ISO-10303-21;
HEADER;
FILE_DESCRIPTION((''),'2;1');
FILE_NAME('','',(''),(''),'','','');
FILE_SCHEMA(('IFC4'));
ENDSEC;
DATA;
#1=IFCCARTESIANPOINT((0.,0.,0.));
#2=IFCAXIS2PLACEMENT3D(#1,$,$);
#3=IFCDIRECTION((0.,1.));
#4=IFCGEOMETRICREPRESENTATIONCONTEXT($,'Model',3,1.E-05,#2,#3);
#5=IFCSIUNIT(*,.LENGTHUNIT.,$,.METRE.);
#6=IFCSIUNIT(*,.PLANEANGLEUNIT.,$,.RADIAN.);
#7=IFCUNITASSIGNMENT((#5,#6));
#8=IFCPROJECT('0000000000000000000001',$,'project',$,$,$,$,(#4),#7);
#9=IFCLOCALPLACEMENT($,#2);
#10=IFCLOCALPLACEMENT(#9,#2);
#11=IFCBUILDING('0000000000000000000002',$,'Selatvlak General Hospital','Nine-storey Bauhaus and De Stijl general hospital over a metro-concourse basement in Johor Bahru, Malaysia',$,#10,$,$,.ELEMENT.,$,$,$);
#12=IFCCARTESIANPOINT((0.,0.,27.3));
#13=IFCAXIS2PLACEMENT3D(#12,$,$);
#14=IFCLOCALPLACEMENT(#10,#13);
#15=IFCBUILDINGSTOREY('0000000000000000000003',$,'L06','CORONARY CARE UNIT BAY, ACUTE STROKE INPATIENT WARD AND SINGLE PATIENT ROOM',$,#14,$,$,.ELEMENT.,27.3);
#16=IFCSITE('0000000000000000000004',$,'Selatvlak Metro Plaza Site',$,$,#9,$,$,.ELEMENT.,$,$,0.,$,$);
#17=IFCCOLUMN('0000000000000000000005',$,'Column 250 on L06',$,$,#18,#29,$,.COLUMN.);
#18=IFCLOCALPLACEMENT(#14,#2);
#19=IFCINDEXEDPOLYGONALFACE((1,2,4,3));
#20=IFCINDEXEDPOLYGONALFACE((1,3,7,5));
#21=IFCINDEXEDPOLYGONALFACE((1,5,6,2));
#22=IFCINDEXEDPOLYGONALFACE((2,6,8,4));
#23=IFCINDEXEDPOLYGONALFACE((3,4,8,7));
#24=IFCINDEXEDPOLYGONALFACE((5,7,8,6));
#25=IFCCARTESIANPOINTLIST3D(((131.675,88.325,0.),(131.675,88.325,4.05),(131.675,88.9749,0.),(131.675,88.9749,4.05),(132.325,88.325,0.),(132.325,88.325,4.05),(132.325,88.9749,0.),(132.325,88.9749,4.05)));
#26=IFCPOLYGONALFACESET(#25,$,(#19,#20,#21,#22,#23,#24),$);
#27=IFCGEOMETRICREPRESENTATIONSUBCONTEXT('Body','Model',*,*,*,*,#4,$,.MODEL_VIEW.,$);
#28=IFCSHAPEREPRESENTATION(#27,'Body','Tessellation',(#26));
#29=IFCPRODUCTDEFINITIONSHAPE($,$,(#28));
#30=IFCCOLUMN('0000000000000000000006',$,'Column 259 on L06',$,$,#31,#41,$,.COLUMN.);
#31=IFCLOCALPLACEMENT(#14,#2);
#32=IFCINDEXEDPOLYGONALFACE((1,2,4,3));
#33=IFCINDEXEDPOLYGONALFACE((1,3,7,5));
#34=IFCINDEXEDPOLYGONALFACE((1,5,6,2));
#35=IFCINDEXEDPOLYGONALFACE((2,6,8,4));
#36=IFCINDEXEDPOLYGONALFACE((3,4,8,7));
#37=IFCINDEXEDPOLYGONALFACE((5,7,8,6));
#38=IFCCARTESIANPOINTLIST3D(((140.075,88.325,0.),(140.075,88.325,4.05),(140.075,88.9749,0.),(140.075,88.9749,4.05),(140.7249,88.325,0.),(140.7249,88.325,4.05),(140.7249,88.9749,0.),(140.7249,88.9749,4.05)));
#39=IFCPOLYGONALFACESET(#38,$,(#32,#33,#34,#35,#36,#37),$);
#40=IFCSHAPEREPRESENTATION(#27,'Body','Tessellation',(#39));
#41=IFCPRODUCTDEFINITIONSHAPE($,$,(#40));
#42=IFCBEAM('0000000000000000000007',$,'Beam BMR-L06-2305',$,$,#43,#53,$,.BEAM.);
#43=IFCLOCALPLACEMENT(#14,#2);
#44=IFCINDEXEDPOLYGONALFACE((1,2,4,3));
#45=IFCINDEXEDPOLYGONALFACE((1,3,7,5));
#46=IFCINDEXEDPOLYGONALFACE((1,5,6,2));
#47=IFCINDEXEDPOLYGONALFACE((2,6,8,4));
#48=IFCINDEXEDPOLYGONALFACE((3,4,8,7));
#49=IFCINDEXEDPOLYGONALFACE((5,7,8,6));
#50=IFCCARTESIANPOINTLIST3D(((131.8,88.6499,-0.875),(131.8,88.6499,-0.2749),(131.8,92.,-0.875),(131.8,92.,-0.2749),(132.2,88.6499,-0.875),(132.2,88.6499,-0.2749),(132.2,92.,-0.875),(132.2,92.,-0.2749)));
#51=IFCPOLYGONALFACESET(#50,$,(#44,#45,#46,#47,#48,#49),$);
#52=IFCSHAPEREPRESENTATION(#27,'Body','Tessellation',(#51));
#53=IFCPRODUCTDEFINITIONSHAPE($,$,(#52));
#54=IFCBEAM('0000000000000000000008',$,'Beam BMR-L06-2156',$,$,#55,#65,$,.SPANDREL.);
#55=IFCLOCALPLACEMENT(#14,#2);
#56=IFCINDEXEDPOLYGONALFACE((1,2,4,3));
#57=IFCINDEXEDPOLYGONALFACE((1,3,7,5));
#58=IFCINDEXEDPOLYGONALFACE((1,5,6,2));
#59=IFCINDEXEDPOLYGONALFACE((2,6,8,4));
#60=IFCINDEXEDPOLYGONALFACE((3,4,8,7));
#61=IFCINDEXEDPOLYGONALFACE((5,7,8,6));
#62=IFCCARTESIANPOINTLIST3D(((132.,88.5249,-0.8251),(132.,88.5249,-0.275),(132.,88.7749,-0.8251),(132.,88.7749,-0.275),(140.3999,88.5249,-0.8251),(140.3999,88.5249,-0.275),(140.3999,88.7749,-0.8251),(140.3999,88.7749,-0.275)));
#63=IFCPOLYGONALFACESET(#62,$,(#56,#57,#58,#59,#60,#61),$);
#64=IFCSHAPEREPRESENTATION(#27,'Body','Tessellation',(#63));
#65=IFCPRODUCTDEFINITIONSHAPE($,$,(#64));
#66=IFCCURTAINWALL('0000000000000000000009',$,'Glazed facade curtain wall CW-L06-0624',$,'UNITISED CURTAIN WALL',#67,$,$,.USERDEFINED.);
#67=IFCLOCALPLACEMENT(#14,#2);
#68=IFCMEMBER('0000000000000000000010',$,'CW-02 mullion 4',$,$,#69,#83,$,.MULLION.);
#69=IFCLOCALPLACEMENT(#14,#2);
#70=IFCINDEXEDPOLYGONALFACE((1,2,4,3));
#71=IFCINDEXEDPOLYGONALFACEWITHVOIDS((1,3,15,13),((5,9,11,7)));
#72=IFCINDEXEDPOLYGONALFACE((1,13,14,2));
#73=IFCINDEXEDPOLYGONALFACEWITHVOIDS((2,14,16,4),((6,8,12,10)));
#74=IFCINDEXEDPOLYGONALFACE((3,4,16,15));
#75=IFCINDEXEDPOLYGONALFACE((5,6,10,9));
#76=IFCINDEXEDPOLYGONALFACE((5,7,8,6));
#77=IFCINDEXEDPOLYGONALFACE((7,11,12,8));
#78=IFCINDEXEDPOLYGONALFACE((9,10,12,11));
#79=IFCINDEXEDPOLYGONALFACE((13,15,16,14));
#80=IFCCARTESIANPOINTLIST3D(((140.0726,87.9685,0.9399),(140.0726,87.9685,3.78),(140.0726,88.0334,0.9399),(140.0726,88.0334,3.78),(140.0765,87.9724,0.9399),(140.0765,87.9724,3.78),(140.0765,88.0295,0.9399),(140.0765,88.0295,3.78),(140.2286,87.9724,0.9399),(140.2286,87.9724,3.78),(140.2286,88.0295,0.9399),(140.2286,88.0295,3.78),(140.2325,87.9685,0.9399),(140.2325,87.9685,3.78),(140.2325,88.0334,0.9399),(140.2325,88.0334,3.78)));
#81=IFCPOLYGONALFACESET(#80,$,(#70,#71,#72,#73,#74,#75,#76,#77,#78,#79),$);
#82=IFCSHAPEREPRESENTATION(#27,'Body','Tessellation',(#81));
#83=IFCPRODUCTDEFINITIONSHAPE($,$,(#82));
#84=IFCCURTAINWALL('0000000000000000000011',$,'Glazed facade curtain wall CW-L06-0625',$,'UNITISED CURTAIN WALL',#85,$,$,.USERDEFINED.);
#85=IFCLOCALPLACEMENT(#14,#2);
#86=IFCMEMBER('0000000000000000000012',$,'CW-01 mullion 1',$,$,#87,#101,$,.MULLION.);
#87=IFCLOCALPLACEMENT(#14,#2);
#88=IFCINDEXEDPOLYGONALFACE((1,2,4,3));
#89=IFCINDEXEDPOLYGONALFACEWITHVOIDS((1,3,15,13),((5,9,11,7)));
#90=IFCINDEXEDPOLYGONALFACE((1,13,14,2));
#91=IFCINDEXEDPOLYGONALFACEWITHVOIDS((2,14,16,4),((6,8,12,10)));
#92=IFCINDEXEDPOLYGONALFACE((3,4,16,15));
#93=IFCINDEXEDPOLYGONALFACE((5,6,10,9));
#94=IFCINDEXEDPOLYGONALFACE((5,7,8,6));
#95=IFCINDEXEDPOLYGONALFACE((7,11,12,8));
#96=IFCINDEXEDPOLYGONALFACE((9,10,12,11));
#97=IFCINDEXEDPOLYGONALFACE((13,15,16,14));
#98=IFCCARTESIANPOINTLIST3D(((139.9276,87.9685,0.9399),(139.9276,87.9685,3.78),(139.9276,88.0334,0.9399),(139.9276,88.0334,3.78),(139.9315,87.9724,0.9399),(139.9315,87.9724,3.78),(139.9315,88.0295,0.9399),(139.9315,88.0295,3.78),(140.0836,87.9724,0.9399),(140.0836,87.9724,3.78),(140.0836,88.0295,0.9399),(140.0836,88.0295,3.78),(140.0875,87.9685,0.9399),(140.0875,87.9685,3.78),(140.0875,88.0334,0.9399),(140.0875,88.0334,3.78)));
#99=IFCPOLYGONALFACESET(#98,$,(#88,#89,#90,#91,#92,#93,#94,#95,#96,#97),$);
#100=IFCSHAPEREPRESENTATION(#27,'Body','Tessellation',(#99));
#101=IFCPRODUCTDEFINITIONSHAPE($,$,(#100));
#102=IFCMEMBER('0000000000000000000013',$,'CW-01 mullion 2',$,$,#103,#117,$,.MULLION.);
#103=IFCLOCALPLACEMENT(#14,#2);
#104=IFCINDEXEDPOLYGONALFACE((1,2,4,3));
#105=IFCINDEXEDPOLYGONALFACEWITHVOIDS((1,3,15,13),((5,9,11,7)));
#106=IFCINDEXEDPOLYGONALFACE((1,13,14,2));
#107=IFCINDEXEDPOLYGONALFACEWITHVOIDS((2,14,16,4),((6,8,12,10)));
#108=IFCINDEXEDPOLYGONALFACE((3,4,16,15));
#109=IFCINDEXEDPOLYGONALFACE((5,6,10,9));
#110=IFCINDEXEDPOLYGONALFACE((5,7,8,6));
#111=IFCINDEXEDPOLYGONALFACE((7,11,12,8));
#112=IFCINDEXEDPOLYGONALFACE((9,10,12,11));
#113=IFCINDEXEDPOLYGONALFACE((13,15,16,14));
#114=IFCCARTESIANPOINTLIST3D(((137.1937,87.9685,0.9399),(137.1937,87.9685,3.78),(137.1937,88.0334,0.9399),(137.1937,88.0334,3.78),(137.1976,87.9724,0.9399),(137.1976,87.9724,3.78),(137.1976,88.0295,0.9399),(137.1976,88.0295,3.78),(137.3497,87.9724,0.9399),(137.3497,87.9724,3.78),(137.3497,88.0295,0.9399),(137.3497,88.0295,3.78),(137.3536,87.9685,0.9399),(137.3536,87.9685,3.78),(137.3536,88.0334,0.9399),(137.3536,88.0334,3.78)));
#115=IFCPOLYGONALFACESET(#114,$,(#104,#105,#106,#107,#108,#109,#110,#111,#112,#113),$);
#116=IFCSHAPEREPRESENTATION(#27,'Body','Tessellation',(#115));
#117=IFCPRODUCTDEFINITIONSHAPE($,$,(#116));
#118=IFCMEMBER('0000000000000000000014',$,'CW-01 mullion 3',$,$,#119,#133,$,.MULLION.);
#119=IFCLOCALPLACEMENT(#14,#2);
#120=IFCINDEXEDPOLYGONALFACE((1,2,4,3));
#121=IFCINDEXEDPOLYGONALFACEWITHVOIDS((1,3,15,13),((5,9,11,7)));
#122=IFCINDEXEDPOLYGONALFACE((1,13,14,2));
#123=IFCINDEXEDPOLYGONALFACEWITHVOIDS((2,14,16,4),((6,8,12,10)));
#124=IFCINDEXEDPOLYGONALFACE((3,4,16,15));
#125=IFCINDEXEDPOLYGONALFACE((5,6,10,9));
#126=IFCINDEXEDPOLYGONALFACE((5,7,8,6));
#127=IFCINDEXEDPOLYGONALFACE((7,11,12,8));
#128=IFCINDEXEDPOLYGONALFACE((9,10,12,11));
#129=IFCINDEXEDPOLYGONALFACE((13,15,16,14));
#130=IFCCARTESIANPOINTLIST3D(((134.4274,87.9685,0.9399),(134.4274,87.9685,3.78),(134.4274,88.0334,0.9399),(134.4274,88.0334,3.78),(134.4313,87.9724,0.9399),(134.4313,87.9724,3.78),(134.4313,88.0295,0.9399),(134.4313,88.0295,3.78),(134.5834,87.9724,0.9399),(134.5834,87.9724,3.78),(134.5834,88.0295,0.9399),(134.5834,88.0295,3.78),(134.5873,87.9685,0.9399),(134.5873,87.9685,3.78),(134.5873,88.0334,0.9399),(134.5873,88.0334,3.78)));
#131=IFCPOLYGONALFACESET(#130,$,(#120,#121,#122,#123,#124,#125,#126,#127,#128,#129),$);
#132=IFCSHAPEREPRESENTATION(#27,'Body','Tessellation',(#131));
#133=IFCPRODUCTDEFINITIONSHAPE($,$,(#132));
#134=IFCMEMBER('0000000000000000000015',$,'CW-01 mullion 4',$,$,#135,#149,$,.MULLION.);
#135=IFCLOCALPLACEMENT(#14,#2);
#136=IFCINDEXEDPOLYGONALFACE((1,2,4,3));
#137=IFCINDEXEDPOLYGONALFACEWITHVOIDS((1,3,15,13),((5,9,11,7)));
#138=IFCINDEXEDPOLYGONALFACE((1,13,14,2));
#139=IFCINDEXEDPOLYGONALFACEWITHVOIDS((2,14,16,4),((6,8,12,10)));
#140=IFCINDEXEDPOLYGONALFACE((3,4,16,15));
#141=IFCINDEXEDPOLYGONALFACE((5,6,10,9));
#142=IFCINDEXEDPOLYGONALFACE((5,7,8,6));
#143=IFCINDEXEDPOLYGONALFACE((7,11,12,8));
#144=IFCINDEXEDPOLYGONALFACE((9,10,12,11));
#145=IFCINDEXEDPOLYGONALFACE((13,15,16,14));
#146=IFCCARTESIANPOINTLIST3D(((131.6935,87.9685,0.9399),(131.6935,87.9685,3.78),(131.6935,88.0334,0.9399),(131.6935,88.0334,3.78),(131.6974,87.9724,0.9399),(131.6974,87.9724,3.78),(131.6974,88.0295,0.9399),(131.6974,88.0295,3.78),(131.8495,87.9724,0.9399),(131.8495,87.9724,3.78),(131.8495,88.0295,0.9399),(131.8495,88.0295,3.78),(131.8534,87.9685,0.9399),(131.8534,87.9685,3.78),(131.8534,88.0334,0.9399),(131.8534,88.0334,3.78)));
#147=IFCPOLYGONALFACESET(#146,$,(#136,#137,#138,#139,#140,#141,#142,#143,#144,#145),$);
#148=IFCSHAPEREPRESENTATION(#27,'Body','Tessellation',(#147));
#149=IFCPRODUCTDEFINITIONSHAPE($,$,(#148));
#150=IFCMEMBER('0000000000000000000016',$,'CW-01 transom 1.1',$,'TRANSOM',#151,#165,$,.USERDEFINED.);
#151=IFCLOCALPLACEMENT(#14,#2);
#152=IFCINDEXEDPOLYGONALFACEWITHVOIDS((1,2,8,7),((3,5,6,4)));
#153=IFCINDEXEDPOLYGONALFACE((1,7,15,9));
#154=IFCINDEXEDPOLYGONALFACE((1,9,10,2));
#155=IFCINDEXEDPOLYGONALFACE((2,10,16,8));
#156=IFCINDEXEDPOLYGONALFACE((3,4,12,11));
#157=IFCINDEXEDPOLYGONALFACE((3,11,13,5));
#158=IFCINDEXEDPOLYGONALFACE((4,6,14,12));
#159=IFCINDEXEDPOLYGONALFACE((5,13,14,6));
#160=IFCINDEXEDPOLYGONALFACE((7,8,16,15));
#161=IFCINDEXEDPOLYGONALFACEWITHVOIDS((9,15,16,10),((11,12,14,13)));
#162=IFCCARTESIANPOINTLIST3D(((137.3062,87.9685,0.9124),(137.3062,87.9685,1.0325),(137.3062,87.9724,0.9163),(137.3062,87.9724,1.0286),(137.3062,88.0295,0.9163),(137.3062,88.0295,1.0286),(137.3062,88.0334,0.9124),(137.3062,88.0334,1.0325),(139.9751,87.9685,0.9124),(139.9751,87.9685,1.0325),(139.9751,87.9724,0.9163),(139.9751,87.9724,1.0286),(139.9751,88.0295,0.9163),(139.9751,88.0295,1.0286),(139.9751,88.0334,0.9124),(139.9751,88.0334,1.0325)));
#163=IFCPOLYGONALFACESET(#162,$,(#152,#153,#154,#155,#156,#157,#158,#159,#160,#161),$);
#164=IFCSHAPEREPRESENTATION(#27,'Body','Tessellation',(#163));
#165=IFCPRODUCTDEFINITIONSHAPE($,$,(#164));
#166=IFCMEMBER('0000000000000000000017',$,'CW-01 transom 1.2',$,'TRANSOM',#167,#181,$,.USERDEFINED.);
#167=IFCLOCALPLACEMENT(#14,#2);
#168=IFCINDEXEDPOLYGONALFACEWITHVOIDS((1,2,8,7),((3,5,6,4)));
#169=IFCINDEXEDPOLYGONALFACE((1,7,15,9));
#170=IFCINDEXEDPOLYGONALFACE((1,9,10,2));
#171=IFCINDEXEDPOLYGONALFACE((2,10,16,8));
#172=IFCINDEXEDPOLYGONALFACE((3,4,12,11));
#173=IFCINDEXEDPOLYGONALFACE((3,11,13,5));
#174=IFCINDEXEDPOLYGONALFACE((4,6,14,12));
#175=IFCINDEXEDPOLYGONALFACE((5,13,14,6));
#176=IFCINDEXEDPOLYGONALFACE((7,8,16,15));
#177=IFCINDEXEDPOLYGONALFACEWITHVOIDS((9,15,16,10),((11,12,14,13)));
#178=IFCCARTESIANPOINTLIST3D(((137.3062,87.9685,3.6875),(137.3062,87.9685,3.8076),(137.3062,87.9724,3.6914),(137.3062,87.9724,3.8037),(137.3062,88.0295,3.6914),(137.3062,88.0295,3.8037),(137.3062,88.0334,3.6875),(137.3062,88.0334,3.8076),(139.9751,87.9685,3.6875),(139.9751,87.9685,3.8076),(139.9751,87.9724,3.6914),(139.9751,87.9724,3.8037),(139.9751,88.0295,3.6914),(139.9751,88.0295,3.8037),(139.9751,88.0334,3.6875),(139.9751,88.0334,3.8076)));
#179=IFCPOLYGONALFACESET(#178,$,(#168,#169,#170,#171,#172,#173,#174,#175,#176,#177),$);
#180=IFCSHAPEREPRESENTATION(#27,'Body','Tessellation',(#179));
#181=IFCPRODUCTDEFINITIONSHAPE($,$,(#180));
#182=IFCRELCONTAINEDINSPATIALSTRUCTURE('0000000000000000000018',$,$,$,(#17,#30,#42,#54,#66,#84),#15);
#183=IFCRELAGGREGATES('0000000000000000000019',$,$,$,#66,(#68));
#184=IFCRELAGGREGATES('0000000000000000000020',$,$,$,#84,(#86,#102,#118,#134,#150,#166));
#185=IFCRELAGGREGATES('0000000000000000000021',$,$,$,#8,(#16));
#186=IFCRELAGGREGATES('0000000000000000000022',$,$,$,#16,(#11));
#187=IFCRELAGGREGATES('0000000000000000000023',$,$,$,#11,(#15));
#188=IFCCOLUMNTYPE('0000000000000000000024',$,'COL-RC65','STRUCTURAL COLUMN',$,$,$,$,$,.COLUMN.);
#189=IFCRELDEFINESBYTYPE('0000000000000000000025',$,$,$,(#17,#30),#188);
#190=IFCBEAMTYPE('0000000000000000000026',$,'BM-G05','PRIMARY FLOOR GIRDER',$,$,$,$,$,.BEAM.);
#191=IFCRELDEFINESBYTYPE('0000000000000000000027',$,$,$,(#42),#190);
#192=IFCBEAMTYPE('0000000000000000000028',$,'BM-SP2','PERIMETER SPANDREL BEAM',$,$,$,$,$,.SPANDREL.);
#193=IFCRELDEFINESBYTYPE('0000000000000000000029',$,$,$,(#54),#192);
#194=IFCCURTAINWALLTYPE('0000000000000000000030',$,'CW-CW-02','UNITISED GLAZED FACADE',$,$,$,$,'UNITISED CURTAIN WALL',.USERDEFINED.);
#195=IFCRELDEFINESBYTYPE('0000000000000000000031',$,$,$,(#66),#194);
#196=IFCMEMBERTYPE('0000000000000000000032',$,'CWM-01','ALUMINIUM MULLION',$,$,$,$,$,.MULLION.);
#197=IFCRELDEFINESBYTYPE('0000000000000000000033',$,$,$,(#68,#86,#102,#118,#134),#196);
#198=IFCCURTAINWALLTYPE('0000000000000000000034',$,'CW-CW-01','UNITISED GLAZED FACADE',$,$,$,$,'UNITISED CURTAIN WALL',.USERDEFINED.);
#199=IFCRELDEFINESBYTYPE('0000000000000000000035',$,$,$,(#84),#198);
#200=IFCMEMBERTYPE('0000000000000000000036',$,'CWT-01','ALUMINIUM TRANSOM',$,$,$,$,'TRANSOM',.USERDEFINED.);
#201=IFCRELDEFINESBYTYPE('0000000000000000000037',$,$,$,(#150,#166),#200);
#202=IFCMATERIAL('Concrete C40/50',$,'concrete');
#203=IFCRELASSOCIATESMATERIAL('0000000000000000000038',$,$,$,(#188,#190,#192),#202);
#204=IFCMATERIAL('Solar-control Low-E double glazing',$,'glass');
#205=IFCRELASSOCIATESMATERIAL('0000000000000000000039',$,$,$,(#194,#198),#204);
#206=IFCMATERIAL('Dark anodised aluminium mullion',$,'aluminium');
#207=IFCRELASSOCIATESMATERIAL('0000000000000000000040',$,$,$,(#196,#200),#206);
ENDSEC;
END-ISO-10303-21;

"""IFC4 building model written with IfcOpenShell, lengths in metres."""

from ifc_helpers import new_model, si_unit, direction, frame, origin, origin_2d, place, context, subcontext, project, spatial, rectangle, hollow_rectangle, extrude, material, material_profile, profile_set, type_object, element, aggregate, save


model = new_model("IFC4")

# Units and contexts
model_context = context("Model", 3, precision=1e-05, world=origin(), true_north=direction((0.0, 1.0)))
body_context = subcontext(model_context, "Body", "Model", "MODEL_VIEW")
ifc_project = project(units=[si_unit("LENGTHUNIT", "METRE"), si_unit("PLANEANGLEUNIT", "RADIAN")], contexts=[model_context])

# Site, building, storey
site_placement = place(None, origin())
site = spatial("IfcSite", under=ifc_project, at=site_placement, Name="Selatvlak Metro Plaza Site", CompositionType="ELEMENT", RefElevation=0.0)
building_placement = place(site_placement, origin())
building = spatial("IfcBuilding", under=site, at=building_placement, Name="Selatvlak General Hospital", Description="Nine-storey Bauhaus and De Stijl general hospital over a metro-concourse basement in Johor Bahru, Malaysia", CompositionType="ELEMENT")
storey_placement = place(building_placement, frame((0.0, 0.0, 27.3)))
storey = spatial("IfcBuildingStorey", under=building, at=storey_placement, Name="L06", Description="CORONARY CARE UNIT BAY, ACUTE STROKE INPATIENT WARD AND SINGLE PATIENT ROOM", CompositionType="ELEMENT", Elevation=27.3)

# Columns
ifc_material_1 = material(Name="Concrete C40/50", Category="concrete")
ifc_material_profile_1 = material_profile(ifc_material_1, rectangle(XDim=0.6499, YDim=0.6499, at=origin_2d()), Name="RC-COL 650x650")
ifc_profile_set_1 = profile_set([ifc_material_profile_1], Name="Concrete C40/50")
column_type = type_object("IfcColumnType", Name="COL-RC65", Description="STRUCTURAL COLUMN", PredefinedType="COLUMN", material=ifc_profile_set_1)
for number, where, z_axis, x_axis, name in (
    (1, (132.0, 88.6499, 0.0), (0.0, 0.0, 1.0), (1.0, 0.0, 0.0), "Column 250 on L06"),
    (2, (140.3999, 88.6499, 0.0), (0.0, 0.0, 1.0), (1.0, 0.0, 0.0), "Column 259 on L06"),
):
    element("IfcColumn", number, at=place(storey_placement, frame(where, z_axis=z_axis, x_axis=x_axis)), inside=storey, type_object=column_type, Name=name, PredefinedType="COLUMN", context=body_context, shape_type="SweptSolid", body=[
        extrude(rectangle(XDim=0.6499, YDim=0.6499, at=origin_2d()), origin(), (0.0, 0.0, 1.0), 4.05),
    ])

# Beams
ifc_material_profile_2 = material_profile(ifc_material_1, rectangle(XDim=0.3999, YDim=0.6001, at=origin_2d()), Name="RC-BM 400x600")
ifc_profile_set_2 = profile_set([ifc_material_profile_2], Name="Concrete C40/50")
beam_type_1 = type_object("IfcBeamType", Name="BM-G05", Description="PRIMARY FLOOR GIRDER", PredefinedType="BEAM", material=ifc_profile_set_2)
beam_1_placement = place(storey_placement, frame((132.0, 88.6499, -0.575), z_axis=(0.0, 1.0, 0.0), x_axis=(-1.0, 0.0, 0.0)))
element("IfcBeam", 3, at=beam_1_placement, inside=storey, type_object=beam_type_1, Name="Beam BMR-L06-2305", PredefinedType="BEAM", context=body_context, shape_type="SweptSolid", body=[
    extrude(rectangle(XDim=0.3999, YDim=0.6001, at=origin_2d()), origin(), (0.0, 0.0, 1.0), 3.3501),
])
ifc_material_profile_3 = material_profile(ifc_material_1, rectangle(XDim=0.25, YDim=0.55, at=origin_2d()), Name="RC-SP 250x550")
ifc_profile_set_3 = profile_set([ifc_material_profile_3], Name="Concrete C40/50")
beam_type_2 = type_object("IfcBeamType", Name="BM-SP2", Description="PERIMETER SPANDREL BEAM", PredefinedType="SPANDREL", material=ifc_profile_set_3)
beam_2_placement = place(storey_placement, frame((132.0, 88.6499, -0.55), z_axis=(1.0, 0.0, 0.0), x_axis=(0.0, 1.0, 0.0)))
element("IfcBeam", 4, at=beam_2_placement, inside=storey, type_object=beam_type_2, Name="Beam BMR-L06-2156", PredefinedType="SPANDREL", context=body_context, shape_type="SweptSolid", body=[
    extrude(rectangle(XDim=0.25, YDim=0.55, at=origin_2d()), origin(), (0.0, 0.0, 1.0), 8.3999),
])

# Curtain wall, member
ifc_material_2 = material(Name="Solar-control Low-E double glazing", Category="glass")
curtain_wall_type_1 = type_object("IfcCurtainWallType", Name="CW-CW-02", Description="UNITISED GLAZED FACADE", ElementType="UNITISED CURTAIN WALL", PredefinedType="USERDEFINED", material=ifc_material_2)
curtain_wall_1_placement = place(storey_placement, origin())
curtain_wall_1 = element("IfcCurtainWall", 5, at=curtain_wall_1_placement, inside=storey, type_object=curtain_wall_type_1, Name="Glazed facade curtain wall CW-L06-0624", ObjectType="UNITISED CURTAIN WALL", PredefinedType="USERDEFINED")
ifc_material_3 = material(Name="Dark anodised aluminium mullion", Category="aluminium")
ifc_material_profile_4 = material_profile(ifc_material_3, hollow_rectangle(XDim=0.0649, YDim=0.1599, WallThickness=0.0039, at=origin_2d()), Name="AL-MUL 65x160x4")
ifc_profile_set_4 = profile_set([ifc_material_profile_4], Name="Dark anodised aluminium mullion")
member_type_1 = type_object("IfcMemberType", Name="CWM-01", Description="ALUMINIUM MULLION", PredefinedType="MULLION", material=ifc_profile_set_4)
member_1_placement = place(storey_placement, frame((140.1526, 88.001, 0.9399), z_axis=(0.0, 0.0, 1.0), x_axis=(0.0, -1.0, 0.0)))
member_1 = element("IfcMember", 6, at=member_1_placement, type_object=member_type_1, Name="CW-02 mullion 4", PredefinedType="MULLION", context=body_context, shape_type="SweptSolid", body=[
    extrude(hollow_rectangle(XDim=0.0649, YDim=0.1599, WallThickness=0.0039, at=origin_2d()), origin(), (0.0, 0.0, 1.0), 2.8401),
])
aggregate(curtain_wall_1, [member_1])

# Curtain wall, members
curtain_wall_type_2 = type_object("IfcCurtainWallType", Name="CW-CW-01", Description="UNITISED GLAZED FACADE", ElementType="UNITISED CURTAIN WALL", PredefinedType="USERDEFINED", material=ifc_material_2)
curtain_wall_2_placement = place(storey_placement, origin())
curtain_wall_2 = element("IfcCurtainWall", 7, at=curtain_wall_2_placement, inside=storey, type_object=curtain_wall_type_2, Name="Glazed facade curtain wall CW-L06-0625", ObjectType="UNITISED CURTAIN WALL", PredefinedType="USERDEFINED")
member_2_placement = place(storey_placement, frame((140.0076, 88.001, 0.9399), z_axis=(0.0, 0.0, 1.0), x_axis=(0.0, -1.0, 0.0)))
member_2 = element("IfcMember", 8, at=member_2_placement, type_object=member_type_1, Name="CW-01 mullion 1", PredefinedType="MULLION", context=body_context, shape_type="SweptSolid", body=[
    extrude(hollow_rectangle(XDim=0.0649, YDim=0.1599, WallThickness=0.0039, at=origin_2d()), origin(), (0.0, 0.0, 1.0), 2.8401),
])
member_3_placement = place(storey_placement, frame((137.2737, 88.001, 0.9399), z_axis=(0.0, 0.0, 1.0), x_axis=(0.0, -1.0, 0.0)))
member_3 = element("IfcMember", 9, at=member_3_placement, type_object=member_type_1, Name="CW-01 mullion 2", PredefinedType="MULLION", context=body_context, shape_type="SweptSolid", body=[
    extrude(hollow_rectangle(XDim=0.0649, YDim=0.1599, WallThickness=0.0039, at=origin_2d()), origin(), (0.0, 0.0, 1.0), 2.8401),
])
member_4_placement = place(storey_placement, frame((134.5073, 88.001, 0.9399), z_axis=(0.0, 0.0, 1.0), x_axis=(0.0, -1.0, 0.0)))
member_4 = element("IfcMember", 10, at=member_4_placement, type_object=member_type_1, Name="CW-01 mullion 3", PredefinedType="MULLION", context=body_context, shape_type="SweptSolid", body=[
    extrude(hollow_rectangle(XDim=0.0649, YDim=0.1599, WallThickness=0.0039, at=origin_2d()), origin(), (0.0, 0.0, 1.0), 2.8401),
])
member_5_placement = place(storey_placement, frame((131.7734, 88.001, 0.9399), z_axis=(0.0, 0.0, 1.0), x_axis=(0.0, -1.0, 0.0)))
member_5 = element("IfcMember", 11, at=member_5_placement, type_object=member_type_1, Name="CW-01 mullion 4", PredefinedType="MULLION", context=body_context, shape_type="SweptSolid", body=[
    extrude(hollow_rectangle(XDim=0.0649, YDim=0.1599, WallThickness=0.0039, at=origin_2d()), origin(), (0.0, 0.0, 1.0), 2.8401),
])
ifc_material_profile_5 = material_profile(ifc_material_3, hollow_rectangle(XDim=0.0649, YDim=0.1201, WallThickness=0.0039, at=origin_2d()), Name="AL-TRN 65x120x4")
ifc_profile_set_5 = profile_set([ifc_material_profile_5], Name="Dark anodised aluminium mullion")
member_type_2 = type_object("IfcMemberType", Name="CWT-01", Description="ALUMINIUM TRANSOM", ElementType="TRANSOM", PredefinedType="USERDEFINED", material=ifc_profile_set_5)
member_6_placement = place(storey_placement, frame((139.9751, 88.001, 0.9724), z_axis=(-1.0, 0.0, 0.0), x_axis=(0.0, -1.0, 0.0)))
member_6 = element("IfcMember", 12, at=member_6_placement, type_object=member_type_2, Name="CW-01 transom 1.1", ObjectType="TRANSOM", PredefinedType="USERDEFINED", context=body_context, shape_type="SweptSolid", body=[
    extrude(hollow_rectangle(XDim=0.0649, YDim=0.1201, WallThickness=0.0039, at=origin_2d()), origin(), (0.0, 0.0, 1.0), 2.6689),
])
member_7_placement = place(storey_placement, frame((139.9751, 88.001, 3.7476), z_axis=(-1.0, 0.0, 0.0), x_axis=(0.0, -1.0, 0.0)))
member_7 = element("IfcMember", 13, at=member_7_placement, type_object=member_type_2, Name="CW-01 transom 1.2", ObjectType="TRANSOM", PredefinedType="USERDEFINED", context=body_context, shape_type="SweptSolid", body=[
    extrude(hollow_rectangle(XDim=0.0649, YDim=0.1201, WallThickness=0.0039, at=origin_2d()), origin(), (0.0, 0.0, 1.0), 2.6689),
])
aggregate(curtain_wall_2, [member_2, member_3, member_4, member_5, member_6, member_7])

save(model, "model.ifc")
